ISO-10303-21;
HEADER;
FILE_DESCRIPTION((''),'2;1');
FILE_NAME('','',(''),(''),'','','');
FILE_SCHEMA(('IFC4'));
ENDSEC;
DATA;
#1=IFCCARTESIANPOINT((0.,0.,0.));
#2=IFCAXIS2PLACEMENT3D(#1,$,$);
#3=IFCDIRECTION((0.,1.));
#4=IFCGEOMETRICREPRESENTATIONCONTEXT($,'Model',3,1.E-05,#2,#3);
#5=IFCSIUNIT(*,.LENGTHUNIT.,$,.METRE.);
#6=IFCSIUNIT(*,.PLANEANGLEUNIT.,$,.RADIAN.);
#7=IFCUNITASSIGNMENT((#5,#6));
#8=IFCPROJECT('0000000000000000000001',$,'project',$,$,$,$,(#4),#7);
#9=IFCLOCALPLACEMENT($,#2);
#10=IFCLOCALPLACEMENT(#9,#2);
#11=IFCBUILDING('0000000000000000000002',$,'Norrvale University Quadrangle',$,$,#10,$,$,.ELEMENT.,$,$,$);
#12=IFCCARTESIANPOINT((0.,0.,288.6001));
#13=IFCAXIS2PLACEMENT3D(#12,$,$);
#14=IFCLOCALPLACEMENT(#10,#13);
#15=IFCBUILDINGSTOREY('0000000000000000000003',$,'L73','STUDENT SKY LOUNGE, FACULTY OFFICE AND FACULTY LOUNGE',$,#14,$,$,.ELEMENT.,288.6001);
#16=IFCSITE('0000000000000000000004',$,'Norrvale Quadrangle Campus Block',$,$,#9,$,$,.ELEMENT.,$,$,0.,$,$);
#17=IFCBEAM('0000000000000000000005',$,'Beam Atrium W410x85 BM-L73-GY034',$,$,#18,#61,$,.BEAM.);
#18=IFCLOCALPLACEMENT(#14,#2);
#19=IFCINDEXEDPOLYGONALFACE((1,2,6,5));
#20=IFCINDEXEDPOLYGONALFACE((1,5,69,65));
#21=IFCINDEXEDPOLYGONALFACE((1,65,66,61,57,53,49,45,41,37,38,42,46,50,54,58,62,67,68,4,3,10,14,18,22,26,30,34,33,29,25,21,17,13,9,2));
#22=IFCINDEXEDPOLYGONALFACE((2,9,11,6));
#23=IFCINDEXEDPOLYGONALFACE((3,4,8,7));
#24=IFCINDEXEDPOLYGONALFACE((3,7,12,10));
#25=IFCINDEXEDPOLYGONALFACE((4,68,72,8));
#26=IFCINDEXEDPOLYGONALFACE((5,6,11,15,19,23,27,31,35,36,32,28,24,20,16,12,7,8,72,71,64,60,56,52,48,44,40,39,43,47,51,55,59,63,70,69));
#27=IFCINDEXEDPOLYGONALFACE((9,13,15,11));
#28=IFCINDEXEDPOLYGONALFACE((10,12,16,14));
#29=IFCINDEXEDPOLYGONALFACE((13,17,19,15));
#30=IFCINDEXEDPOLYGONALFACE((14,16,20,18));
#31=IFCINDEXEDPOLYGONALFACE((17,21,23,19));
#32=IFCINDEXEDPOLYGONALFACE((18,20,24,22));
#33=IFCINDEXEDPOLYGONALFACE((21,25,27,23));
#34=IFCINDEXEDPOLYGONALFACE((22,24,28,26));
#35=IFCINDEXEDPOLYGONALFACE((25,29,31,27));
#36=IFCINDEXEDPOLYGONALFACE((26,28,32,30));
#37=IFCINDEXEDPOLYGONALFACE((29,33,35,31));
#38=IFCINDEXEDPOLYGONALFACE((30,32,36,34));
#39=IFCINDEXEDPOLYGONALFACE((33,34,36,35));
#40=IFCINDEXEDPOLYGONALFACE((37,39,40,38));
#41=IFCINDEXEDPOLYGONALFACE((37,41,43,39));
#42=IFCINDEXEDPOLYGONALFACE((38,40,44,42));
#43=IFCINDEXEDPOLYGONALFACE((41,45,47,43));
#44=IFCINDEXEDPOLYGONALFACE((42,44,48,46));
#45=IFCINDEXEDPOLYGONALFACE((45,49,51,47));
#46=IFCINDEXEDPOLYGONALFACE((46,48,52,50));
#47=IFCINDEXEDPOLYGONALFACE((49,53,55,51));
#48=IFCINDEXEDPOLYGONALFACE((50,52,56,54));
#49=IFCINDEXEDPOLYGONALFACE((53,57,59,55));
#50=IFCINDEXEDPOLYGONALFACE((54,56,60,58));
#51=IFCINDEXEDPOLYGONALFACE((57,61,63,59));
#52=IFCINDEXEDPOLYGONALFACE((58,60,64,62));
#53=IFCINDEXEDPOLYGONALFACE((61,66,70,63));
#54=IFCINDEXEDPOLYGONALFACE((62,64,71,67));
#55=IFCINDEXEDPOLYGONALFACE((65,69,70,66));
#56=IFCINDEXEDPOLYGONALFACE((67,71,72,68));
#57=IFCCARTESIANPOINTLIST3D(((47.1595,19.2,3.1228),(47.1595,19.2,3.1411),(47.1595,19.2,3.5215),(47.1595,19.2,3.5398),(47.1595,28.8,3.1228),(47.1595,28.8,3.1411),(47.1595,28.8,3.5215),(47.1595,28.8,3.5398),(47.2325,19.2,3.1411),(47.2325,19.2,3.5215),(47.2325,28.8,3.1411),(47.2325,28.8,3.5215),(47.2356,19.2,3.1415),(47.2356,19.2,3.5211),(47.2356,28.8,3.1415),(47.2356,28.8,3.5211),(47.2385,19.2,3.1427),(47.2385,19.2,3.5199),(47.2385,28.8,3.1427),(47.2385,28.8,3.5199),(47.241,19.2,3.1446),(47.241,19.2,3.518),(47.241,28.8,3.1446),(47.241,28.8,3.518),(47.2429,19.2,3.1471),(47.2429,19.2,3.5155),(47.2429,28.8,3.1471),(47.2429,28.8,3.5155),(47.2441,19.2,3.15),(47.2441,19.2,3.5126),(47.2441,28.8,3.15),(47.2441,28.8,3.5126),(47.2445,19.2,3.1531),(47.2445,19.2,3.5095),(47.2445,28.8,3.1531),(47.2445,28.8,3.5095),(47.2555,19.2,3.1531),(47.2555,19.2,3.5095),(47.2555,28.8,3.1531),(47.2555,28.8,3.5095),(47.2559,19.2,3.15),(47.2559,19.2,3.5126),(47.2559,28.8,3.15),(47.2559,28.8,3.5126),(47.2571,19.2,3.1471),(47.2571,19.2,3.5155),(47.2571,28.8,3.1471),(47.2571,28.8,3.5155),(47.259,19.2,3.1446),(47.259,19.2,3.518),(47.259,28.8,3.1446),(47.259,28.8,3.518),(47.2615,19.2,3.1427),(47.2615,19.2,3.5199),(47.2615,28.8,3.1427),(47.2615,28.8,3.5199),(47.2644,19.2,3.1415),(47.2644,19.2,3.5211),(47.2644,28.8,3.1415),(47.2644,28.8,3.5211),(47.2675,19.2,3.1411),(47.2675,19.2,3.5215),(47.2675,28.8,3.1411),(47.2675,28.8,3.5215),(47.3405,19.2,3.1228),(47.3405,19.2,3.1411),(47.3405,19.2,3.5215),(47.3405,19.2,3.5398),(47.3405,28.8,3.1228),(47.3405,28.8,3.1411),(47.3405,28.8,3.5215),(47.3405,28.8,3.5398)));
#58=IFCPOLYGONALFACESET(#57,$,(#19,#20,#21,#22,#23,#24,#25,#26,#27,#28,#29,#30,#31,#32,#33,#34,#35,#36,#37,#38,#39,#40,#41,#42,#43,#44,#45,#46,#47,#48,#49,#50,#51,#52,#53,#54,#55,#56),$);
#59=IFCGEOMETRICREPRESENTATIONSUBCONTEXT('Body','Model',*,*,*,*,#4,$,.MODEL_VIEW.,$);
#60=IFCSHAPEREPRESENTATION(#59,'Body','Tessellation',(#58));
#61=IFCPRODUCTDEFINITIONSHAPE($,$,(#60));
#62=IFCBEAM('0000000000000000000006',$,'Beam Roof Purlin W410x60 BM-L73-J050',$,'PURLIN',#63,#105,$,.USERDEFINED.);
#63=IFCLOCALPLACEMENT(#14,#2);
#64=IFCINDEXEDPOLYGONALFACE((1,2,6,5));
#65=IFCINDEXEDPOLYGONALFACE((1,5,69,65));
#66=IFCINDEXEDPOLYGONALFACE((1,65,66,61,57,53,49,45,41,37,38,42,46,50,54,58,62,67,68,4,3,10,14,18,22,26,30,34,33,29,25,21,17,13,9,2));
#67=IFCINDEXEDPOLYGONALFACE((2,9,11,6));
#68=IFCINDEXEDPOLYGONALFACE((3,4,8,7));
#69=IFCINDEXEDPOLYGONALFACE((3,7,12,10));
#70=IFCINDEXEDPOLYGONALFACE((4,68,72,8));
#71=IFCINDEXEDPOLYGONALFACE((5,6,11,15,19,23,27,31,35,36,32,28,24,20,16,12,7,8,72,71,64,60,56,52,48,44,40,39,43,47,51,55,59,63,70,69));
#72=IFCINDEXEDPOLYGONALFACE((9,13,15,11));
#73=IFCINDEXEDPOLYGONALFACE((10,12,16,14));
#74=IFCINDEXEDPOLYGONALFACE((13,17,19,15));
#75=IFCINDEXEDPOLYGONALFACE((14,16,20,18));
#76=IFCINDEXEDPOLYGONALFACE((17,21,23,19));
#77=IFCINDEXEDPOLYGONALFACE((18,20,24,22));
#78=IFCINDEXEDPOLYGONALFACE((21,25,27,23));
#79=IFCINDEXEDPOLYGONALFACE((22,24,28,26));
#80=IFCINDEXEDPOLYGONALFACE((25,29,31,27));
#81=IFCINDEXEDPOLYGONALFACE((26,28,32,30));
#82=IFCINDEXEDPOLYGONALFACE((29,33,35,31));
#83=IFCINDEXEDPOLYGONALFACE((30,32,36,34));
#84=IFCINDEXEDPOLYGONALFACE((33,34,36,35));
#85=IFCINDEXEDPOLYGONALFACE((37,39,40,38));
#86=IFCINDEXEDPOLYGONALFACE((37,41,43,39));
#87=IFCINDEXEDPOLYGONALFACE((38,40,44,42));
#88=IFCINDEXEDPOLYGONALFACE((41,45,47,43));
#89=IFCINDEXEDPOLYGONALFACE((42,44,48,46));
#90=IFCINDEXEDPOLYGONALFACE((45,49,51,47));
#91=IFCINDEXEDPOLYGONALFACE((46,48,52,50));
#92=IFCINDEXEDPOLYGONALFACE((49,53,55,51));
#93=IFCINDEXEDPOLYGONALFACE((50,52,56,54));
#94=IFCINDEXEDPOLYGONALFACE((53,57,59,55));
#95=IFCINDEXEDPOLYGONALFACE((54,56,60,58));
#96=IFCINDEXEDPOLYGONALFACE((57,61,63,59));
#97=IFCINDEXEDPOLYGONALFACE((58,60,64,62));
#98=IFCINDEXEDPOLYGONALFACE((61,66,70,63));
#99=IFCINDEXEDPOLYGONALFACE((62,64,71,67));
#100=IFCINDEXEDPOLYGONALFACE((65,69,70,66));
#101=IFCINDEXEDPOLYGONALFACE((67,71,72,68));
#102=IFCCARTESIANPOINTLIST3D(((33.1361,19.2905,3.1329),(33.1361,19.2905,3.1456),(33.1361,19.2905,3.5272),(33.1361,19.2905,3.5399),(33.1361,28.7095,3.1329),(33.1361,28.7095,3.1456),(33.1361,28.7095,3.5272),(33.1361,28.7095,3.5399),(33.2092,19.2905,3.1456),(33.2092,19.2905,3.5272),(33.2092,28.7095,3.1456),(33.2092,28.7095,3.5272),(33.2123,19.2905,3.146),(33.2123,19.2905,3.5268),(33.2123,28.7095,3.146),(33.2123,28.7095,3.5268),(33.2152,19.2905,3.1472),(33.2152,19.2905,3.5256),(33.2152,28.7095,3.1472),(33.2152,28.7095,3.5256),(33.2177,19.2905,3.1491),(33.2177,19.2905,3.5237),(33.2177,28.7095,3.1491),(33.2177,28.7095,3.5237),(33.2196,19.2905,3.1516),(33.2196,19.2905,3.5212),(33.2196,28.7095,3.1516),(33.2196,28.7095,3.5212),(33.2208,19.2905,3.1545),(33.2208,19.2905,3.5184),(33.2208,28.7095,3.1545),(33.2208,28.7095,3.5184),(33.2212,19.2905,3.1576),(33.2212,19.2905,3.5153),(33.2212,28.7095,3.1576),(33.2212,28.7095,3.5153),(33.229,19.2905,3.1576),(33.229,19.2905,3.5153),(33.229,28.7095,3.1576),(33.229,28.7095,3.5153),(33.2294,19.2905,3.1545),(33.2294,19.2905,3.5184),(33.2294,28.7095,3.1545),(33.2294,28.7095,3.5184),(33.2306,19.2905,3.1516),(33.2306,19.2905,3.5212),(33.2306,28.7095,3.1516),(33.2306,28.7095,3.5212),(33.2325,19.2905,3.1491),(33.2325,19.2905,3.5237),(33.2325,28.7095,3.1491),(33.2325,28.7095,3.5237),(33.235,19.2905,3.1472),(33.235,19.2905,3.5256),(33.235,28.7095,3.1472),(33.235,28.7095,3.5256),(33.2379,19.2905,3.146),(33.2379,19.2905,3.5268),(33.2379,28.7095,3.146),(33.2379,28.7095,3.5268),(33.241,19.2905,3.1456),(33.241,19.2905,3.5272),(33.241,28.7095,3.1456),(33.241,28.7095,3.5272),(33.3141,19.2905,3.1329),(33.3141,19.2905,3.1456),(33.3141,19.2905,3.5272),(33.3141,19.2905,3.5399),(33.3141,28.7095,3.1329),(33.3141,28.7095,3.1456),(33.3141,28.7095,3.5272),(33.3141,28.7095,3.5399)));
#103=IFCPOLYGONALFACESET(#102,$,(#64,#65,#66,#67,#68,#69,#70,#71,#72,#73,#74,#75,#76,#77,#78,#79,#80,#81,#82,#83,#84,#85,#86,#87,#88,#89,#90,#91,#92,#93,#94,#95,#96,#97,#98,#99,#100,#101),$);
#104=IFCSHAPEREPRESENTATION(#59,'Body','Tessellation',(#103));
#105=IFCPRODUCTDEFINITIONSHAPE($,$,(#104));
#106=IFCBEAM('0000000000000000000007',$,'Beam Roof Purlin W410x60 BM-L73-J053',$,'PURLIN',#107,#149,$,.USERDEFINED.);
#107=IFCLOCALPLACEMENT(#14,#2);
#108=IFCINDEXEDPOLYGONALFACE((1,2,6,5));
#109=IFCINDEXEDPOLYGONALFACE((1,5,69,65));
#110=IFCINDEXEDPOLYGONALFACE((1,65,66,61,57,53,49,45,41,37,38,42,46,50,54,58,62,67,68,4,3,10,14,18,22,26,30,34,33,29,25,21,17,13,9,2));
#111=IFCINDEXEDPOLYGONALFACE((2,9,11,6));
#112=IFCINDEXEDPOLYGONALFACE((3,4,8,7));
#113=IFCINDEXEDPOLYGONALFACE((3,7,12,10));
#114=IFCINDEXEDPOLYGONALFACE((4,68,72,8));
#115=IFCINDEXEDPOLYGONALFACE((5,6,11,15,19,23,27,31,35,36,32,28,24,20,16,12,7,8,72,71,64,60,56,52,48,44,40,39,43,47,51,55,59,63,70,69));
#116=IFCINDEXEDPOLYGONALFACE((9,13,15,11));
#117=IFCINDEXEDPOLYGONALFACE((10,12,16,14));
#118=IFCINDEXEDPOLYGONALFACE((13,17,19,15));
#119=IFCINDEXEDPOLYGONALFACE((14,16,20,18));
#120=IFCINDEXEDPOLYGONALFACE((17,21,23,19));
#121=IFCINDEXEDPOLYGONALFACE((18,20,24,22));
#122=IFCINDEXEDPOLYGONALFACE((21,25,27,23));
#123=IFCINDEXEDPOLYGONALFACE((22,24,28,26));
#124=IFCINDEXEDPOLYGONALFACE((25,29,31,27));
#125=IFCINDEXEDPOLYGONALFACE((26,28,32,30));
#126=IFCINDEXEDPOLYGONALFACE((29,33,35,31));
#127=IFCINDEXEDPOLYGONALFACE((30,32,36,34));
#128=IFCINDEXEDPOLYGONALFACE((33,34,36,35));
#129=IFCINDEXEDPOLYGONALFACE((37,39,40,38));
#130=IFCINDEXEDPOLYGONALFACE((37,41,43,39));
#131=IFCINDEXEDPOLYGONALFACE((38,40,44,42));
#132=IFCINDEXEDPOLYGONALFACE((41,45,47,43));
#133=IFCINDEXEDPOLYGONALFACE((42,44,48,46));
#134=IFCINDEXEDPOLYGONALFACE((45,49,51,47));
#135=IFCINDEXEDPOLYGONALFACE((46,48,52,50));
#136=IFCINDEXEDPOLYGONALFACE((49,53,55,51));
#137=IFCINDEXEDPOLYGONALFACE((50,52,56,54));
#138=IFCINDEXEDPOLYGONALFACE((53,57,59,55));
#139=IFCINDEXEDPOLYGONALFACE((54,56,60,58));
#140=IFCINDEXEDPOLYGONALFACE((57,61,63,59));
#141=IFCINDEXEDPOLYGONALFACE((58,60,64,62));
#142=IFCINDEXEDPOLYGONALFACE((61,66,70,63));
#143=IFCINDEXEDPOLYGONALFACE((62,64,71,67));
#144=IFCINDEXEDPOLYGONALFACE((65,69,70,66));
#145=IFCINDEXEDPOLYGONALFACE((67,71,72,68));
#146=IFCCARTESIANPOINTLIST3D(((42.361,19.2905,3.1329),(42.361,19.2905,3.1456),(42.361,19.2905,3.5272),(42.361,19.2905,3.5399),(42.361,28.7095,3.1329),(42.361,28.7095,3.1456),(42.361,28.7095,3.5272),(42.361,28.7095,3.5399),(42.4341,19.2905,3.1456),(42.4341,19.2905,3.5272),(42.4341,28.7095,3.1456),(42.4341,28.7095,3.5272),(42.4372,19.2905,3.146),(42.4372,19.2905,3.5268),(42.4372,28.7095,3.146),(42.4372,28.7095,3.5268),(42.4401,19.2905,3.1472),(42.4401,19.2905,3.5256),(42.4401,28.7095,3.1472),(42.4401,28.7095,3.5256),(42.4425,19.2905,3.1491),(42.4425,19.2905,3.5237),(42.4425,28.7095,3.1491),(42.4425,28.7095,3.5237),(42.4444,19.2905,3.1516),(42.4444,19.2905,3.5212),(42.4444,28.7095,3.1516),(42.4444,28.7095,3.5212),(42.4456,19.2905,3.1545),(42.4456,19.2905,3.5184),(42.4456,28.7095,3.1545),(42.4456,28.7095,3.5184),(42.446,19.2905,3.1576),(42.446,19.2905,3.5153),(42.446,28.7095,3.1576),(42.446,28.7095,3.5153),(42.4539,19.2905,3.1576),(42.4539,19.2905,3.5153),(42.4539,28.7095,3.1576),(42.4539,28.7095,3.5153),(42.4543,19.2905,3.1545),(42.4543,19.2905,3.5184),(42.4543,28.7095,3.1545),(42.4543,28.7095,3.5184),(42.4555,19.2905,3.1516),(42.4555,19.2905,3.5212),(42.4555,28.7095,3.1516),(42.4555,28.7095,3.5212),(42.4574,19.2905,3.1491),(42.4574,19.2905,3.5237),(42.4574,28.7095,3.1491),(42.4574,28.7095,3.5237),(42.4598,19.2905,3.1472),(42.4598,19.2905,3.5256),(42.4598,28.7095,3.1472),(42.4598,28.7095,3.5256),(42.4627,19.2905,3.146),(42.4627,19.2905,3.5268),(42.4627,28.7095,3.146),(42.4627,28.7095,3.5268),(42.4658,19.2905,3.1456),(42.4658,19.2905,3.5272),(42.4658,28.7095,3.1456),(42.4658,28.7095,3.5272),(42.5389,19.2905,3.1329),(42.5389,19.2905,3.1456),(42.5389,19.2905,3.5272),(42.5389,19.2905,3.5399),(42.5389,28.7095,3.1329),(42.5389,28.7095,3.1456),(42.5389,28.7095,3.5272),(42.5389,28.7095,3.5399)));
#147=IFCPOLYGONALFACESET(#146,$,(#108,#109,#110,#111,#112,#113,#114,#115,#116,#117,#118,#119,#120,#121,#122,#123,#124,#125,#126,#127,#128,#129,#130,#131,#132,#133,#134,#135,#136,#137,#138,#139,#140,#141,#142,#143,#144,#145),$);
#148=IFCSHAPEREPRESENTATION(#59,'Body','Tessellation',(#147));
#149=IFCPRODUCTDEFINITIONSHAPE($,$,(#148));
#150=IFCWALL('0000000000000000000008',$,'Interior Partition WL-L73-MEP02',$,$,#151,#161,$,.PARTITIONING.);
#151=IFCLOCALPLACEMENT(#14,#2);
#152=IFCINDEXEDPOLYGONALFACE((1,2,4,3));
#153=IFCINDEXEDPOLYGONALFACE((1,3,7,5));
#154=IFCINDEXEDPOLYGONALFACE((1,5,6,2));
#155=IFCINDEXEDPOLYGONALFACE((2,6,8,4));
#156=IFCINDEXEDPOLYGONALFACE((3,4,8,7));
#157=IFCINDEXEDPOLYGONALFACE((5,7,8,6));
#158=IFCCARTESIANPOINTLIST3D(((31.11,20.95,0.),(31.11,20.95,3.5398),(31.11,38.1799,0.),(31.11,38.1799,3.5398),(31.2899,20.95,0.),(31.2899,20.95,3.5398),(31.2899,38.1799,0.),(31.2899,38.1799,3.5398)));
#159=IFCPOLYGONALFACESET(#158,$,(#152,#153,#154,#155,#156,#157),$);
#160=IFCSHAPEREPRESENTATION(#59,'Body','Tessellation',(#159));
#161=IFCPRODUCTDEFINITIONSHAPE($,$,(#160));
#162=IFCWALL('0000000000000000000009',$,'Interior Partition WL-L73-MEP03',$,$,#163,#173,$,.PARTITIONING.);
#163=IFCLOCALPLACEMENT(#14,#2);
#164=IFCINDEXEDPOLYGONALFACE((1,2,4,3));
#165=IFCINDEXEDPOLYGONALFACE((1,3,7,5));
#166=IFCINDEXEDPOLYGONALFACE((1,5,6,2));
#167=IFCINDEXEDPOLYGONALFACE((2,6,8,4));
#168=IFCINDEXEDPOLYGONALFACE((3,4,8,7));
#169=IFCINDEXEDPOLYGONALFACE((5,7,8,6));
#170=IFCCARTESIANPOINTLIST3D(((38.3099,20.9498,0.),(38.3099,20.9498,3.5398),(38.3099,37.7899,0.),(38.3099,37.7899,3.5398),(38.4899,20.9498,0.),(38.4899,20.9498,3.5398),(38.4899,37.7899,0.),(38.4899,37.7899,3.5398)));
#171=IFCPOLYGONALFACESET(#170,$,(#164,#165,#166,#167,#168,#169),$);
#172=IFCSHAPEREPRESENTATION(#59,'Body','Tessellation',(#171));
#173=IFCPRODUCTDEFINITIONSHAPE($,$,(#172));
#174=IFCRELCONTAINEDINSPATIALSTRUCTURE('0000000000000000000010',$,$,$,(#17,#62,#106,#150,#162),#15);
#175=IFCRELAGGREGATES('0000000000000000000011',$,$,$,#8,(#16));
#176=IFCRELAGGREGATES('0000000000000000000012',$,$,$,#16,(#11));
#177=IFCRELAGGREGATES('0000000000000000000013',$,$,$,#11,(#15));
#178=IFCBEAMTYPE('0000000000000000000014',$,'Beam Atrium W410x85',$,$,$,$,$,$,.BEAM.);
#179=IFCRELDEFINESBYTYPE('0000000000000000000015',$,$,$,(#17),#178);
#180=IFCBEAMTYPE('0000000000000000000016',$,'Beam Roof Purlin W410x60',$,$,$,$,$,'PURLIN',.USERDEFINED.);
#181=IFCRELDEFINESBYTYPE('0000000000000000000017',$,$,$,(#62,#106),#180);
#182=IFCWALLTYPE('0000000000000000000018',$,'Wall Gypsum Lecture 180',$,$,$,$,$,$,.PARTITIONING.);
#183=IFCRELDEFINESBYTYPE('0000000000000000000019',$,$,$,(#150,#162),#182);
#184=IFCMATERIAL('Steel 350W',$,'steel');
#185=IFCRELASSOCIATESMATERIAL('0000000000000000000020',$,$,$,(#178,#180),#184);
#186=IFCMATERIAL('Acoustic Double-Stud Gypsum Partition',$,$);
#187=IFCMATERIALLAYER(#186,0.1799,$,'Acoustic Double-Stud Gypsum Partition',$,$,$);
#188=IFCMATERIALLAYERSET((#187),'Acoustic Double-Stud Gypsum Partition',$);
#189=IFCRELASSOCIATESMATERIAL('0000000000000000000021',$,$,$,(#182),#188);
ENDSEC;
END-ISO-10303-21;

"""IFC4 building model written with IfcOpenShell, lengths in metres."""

from ifc_helpers import new_model, si_unit, direction, frame, frame_2d, origin, origin_2d, place, context, subcontext, project, spatial, rectangle, i_section, extrude, material, layer, layer_set, material_profile, profile_set, type_object, element, save


model = new_model("IFC4")

# Units and contexts
model_context = context("Model", 3, precision=1e-05, world=origin(), true_north=direction((0.0, 1.0)))
body_context = subcontext(model_context, "Body", "Model", "MODEL_VIEW")
ifc_project = project(units=[si_unit("LENGTHUNIT", "METRE"), si_unit("PLANEANGLEUNIT", "RADIAN")], contexts=[model_context])

# Site, building, storey
site_placement = place(None, origin())
site = spatial("IfcSite", under=ifc_project, at=site_placement, Name="Norrvale Quadrangle Campus Block", CompositionType="ELEMENT", RefElevation=0.0)
building_placement = place(site_placement, origin())
building = spatial("IfcBuilding", under=site, at=building_placement, Name="Norrvale University Quadrangle", CompositionType="ELEMENT")
storey_placement = place(building_placement, frame((0.0, 0.0, 288.6001)))
storey = spatial("IfcBuildingStorey", under=building, at=storey_placement, Name="L73", Description="STUDENT SKY LOUNGE, FACULTY OFFICE AND FACULTY LOUNGE", CompositionType="ELEMENT", Elevation=288.6001)

# Beams
ifc_material_1 = material(Name="Steel 350W", Category="steel")
ifc_material_profile_1 = material_profile(ifc_material_1, i_section(OverallWidth=0.1809, OverallDepth=0.417, WebThickness=0.011, FlangeThickness=0.0183, FilletRadius=0.012, at=origin_2d()), Name="Steel 350W")
ifc_profile_set_1 = profile_set([ifc_material_profile_1], Name="Steel 350W")
beam_type_1 = type_object("IfcBeamType", Name="Beam Atrium W410x85", PredefinedType="BEAM", material=ifc_profile_set_1)
for number, where, z_axis, x_axis, name in (
    (1, (47.25, 19.2, 3.3313), (0.0, 1.0, 0.0), (-1.0, 0.0, 0.0), "Beam Atrium W410x85 BM-L73-GY034"),
):
    element("IfcBeam", number, at=place(storey_placement, frame(where, z_axis=z_axis, x_axis=x_axis)), inside=storey, type_object=beam_type_1, Name=name, PredefinedType="BEAM", context=body_context, shape_type="SweptSolid", body=[
        extrude(i_section(OverallWidth=0.1809, OverallDepth=0.417, WebThickness=0.011, FlangeThickness=0.0183, FilletRadius=0.012, at=origin_2d()), origin(), (0.0, 0.0, 1.0), 9.6001),
    ])
ifc_material_profile_2 = material_profile(ifc_material_1, i_section(OverallWidth=0.178, OverallDepth=0.407, WebThickness=0.0078, FlangeThickness=0.0127, FilletRadius=0.012, at=origin_2d()), Name="Steel 350W")
ifc_profile_set_2 = profile_set([ifc_material_profile_2], Name="Steel 350W")
beam_type_2 = type_object("IfcBeamType", Name="Beam Roof Purlin W410x60", ElementType="PURLIN", PredefinedType="USERDEFINED", material=ifc_profile_set_2)
for number, where, z_axis, x_axis, name in (
    (2, (33.2251, 19.2905, 3.3364), (0.0, 1.0, 0.0), (-1.0, 0.0, 0.0), "Beam Roof Purlin W410x60 BM-L73-J050"),
    (3, (42.45, 19.2905, 3.3364), (0.0, 1.0, 0.0), (-1.0, 0.0, 0.0), "Beam Roof Purlin W410x60 BM-L73-J053"),
):
    element("IfcBeam", number, at=place(storey_placement, frame(where, z_axis=z_axis, x_axis=x_axis)), inside=storey, type_object=beam_type_2, Name=name, ObjectType="PURLIN", PredefinedType="USERDEFINED", context=body_context, shape_type="SweptSolid", body=[
        extrude(i_section(OverallWidth=0.178, OverallDepth=0.407, WebThickness=0.0078, FlangeThickness=0.0127, FilletRadius=0.012, at=origin_2d()), origin(), (0.0, 0.0, 1.0), 9.4189),
    ])

# Walls
ifc_material_2 = material(Name="Acoustic Double-Stud Gypsum Partition")
ifc_layer = layer(ifc_material_2, 0.1799, Name="Acoustic Double-Stud Gypsum Partition")
ifc_layer_set = layer_set([ifc_layer], Name="Acoustic Double-Stud Gypsum Partition")
wall_type = type_object("IfcWallType", Name="Wall Gypsum Lecture 180", PredefinedType="PARTITIONING", material=ifc_layer_set)
wall_1_placement = place(storey_placement, frame((31.2, 20.95, 0.0), z_axis=(0.0, 0.0, 1.0), x_axis=(0.0, 1.0, 0.0)))
element("IfcWall", 4, at=wall_1_placement, inside=storey, type_object=wall_type, Name="Interior Partition WL-L73-MEP02", PredefinedType="PARTITIONING", context=body_context, shape_type="SweptSolid", body=[
    extrude(rectangle(XDim=17.23, YDim=0.1799, at=frame_2d((8.615, 0.0))), origin(), (0.0, 0.0, 1.0), 3.5398),
])
wall_2_placement = place(storey_placement, frame((38.3999, 20.95, 0.0), z_axis=(0.0, 0.0, 1.0), x_axis=(0.0, 1.0, 0.0)))
element("IfcWall", 5, at=wall_2_placement, inside=storey, type_object=wall_type, Name="Interior Partition WL-L73-MEP03", PredefinedType="PARTITIONING", context=body_context, shape_type="SweptSolid", body=[
    extrude(rectangle(XDim=16.8401, YDim=0.1799, at=frame_2d((8.4199, 0.0))), origin(), (0.0, 0.0, 1.0), 3.5398),
])

save(model, "model.ifc")
